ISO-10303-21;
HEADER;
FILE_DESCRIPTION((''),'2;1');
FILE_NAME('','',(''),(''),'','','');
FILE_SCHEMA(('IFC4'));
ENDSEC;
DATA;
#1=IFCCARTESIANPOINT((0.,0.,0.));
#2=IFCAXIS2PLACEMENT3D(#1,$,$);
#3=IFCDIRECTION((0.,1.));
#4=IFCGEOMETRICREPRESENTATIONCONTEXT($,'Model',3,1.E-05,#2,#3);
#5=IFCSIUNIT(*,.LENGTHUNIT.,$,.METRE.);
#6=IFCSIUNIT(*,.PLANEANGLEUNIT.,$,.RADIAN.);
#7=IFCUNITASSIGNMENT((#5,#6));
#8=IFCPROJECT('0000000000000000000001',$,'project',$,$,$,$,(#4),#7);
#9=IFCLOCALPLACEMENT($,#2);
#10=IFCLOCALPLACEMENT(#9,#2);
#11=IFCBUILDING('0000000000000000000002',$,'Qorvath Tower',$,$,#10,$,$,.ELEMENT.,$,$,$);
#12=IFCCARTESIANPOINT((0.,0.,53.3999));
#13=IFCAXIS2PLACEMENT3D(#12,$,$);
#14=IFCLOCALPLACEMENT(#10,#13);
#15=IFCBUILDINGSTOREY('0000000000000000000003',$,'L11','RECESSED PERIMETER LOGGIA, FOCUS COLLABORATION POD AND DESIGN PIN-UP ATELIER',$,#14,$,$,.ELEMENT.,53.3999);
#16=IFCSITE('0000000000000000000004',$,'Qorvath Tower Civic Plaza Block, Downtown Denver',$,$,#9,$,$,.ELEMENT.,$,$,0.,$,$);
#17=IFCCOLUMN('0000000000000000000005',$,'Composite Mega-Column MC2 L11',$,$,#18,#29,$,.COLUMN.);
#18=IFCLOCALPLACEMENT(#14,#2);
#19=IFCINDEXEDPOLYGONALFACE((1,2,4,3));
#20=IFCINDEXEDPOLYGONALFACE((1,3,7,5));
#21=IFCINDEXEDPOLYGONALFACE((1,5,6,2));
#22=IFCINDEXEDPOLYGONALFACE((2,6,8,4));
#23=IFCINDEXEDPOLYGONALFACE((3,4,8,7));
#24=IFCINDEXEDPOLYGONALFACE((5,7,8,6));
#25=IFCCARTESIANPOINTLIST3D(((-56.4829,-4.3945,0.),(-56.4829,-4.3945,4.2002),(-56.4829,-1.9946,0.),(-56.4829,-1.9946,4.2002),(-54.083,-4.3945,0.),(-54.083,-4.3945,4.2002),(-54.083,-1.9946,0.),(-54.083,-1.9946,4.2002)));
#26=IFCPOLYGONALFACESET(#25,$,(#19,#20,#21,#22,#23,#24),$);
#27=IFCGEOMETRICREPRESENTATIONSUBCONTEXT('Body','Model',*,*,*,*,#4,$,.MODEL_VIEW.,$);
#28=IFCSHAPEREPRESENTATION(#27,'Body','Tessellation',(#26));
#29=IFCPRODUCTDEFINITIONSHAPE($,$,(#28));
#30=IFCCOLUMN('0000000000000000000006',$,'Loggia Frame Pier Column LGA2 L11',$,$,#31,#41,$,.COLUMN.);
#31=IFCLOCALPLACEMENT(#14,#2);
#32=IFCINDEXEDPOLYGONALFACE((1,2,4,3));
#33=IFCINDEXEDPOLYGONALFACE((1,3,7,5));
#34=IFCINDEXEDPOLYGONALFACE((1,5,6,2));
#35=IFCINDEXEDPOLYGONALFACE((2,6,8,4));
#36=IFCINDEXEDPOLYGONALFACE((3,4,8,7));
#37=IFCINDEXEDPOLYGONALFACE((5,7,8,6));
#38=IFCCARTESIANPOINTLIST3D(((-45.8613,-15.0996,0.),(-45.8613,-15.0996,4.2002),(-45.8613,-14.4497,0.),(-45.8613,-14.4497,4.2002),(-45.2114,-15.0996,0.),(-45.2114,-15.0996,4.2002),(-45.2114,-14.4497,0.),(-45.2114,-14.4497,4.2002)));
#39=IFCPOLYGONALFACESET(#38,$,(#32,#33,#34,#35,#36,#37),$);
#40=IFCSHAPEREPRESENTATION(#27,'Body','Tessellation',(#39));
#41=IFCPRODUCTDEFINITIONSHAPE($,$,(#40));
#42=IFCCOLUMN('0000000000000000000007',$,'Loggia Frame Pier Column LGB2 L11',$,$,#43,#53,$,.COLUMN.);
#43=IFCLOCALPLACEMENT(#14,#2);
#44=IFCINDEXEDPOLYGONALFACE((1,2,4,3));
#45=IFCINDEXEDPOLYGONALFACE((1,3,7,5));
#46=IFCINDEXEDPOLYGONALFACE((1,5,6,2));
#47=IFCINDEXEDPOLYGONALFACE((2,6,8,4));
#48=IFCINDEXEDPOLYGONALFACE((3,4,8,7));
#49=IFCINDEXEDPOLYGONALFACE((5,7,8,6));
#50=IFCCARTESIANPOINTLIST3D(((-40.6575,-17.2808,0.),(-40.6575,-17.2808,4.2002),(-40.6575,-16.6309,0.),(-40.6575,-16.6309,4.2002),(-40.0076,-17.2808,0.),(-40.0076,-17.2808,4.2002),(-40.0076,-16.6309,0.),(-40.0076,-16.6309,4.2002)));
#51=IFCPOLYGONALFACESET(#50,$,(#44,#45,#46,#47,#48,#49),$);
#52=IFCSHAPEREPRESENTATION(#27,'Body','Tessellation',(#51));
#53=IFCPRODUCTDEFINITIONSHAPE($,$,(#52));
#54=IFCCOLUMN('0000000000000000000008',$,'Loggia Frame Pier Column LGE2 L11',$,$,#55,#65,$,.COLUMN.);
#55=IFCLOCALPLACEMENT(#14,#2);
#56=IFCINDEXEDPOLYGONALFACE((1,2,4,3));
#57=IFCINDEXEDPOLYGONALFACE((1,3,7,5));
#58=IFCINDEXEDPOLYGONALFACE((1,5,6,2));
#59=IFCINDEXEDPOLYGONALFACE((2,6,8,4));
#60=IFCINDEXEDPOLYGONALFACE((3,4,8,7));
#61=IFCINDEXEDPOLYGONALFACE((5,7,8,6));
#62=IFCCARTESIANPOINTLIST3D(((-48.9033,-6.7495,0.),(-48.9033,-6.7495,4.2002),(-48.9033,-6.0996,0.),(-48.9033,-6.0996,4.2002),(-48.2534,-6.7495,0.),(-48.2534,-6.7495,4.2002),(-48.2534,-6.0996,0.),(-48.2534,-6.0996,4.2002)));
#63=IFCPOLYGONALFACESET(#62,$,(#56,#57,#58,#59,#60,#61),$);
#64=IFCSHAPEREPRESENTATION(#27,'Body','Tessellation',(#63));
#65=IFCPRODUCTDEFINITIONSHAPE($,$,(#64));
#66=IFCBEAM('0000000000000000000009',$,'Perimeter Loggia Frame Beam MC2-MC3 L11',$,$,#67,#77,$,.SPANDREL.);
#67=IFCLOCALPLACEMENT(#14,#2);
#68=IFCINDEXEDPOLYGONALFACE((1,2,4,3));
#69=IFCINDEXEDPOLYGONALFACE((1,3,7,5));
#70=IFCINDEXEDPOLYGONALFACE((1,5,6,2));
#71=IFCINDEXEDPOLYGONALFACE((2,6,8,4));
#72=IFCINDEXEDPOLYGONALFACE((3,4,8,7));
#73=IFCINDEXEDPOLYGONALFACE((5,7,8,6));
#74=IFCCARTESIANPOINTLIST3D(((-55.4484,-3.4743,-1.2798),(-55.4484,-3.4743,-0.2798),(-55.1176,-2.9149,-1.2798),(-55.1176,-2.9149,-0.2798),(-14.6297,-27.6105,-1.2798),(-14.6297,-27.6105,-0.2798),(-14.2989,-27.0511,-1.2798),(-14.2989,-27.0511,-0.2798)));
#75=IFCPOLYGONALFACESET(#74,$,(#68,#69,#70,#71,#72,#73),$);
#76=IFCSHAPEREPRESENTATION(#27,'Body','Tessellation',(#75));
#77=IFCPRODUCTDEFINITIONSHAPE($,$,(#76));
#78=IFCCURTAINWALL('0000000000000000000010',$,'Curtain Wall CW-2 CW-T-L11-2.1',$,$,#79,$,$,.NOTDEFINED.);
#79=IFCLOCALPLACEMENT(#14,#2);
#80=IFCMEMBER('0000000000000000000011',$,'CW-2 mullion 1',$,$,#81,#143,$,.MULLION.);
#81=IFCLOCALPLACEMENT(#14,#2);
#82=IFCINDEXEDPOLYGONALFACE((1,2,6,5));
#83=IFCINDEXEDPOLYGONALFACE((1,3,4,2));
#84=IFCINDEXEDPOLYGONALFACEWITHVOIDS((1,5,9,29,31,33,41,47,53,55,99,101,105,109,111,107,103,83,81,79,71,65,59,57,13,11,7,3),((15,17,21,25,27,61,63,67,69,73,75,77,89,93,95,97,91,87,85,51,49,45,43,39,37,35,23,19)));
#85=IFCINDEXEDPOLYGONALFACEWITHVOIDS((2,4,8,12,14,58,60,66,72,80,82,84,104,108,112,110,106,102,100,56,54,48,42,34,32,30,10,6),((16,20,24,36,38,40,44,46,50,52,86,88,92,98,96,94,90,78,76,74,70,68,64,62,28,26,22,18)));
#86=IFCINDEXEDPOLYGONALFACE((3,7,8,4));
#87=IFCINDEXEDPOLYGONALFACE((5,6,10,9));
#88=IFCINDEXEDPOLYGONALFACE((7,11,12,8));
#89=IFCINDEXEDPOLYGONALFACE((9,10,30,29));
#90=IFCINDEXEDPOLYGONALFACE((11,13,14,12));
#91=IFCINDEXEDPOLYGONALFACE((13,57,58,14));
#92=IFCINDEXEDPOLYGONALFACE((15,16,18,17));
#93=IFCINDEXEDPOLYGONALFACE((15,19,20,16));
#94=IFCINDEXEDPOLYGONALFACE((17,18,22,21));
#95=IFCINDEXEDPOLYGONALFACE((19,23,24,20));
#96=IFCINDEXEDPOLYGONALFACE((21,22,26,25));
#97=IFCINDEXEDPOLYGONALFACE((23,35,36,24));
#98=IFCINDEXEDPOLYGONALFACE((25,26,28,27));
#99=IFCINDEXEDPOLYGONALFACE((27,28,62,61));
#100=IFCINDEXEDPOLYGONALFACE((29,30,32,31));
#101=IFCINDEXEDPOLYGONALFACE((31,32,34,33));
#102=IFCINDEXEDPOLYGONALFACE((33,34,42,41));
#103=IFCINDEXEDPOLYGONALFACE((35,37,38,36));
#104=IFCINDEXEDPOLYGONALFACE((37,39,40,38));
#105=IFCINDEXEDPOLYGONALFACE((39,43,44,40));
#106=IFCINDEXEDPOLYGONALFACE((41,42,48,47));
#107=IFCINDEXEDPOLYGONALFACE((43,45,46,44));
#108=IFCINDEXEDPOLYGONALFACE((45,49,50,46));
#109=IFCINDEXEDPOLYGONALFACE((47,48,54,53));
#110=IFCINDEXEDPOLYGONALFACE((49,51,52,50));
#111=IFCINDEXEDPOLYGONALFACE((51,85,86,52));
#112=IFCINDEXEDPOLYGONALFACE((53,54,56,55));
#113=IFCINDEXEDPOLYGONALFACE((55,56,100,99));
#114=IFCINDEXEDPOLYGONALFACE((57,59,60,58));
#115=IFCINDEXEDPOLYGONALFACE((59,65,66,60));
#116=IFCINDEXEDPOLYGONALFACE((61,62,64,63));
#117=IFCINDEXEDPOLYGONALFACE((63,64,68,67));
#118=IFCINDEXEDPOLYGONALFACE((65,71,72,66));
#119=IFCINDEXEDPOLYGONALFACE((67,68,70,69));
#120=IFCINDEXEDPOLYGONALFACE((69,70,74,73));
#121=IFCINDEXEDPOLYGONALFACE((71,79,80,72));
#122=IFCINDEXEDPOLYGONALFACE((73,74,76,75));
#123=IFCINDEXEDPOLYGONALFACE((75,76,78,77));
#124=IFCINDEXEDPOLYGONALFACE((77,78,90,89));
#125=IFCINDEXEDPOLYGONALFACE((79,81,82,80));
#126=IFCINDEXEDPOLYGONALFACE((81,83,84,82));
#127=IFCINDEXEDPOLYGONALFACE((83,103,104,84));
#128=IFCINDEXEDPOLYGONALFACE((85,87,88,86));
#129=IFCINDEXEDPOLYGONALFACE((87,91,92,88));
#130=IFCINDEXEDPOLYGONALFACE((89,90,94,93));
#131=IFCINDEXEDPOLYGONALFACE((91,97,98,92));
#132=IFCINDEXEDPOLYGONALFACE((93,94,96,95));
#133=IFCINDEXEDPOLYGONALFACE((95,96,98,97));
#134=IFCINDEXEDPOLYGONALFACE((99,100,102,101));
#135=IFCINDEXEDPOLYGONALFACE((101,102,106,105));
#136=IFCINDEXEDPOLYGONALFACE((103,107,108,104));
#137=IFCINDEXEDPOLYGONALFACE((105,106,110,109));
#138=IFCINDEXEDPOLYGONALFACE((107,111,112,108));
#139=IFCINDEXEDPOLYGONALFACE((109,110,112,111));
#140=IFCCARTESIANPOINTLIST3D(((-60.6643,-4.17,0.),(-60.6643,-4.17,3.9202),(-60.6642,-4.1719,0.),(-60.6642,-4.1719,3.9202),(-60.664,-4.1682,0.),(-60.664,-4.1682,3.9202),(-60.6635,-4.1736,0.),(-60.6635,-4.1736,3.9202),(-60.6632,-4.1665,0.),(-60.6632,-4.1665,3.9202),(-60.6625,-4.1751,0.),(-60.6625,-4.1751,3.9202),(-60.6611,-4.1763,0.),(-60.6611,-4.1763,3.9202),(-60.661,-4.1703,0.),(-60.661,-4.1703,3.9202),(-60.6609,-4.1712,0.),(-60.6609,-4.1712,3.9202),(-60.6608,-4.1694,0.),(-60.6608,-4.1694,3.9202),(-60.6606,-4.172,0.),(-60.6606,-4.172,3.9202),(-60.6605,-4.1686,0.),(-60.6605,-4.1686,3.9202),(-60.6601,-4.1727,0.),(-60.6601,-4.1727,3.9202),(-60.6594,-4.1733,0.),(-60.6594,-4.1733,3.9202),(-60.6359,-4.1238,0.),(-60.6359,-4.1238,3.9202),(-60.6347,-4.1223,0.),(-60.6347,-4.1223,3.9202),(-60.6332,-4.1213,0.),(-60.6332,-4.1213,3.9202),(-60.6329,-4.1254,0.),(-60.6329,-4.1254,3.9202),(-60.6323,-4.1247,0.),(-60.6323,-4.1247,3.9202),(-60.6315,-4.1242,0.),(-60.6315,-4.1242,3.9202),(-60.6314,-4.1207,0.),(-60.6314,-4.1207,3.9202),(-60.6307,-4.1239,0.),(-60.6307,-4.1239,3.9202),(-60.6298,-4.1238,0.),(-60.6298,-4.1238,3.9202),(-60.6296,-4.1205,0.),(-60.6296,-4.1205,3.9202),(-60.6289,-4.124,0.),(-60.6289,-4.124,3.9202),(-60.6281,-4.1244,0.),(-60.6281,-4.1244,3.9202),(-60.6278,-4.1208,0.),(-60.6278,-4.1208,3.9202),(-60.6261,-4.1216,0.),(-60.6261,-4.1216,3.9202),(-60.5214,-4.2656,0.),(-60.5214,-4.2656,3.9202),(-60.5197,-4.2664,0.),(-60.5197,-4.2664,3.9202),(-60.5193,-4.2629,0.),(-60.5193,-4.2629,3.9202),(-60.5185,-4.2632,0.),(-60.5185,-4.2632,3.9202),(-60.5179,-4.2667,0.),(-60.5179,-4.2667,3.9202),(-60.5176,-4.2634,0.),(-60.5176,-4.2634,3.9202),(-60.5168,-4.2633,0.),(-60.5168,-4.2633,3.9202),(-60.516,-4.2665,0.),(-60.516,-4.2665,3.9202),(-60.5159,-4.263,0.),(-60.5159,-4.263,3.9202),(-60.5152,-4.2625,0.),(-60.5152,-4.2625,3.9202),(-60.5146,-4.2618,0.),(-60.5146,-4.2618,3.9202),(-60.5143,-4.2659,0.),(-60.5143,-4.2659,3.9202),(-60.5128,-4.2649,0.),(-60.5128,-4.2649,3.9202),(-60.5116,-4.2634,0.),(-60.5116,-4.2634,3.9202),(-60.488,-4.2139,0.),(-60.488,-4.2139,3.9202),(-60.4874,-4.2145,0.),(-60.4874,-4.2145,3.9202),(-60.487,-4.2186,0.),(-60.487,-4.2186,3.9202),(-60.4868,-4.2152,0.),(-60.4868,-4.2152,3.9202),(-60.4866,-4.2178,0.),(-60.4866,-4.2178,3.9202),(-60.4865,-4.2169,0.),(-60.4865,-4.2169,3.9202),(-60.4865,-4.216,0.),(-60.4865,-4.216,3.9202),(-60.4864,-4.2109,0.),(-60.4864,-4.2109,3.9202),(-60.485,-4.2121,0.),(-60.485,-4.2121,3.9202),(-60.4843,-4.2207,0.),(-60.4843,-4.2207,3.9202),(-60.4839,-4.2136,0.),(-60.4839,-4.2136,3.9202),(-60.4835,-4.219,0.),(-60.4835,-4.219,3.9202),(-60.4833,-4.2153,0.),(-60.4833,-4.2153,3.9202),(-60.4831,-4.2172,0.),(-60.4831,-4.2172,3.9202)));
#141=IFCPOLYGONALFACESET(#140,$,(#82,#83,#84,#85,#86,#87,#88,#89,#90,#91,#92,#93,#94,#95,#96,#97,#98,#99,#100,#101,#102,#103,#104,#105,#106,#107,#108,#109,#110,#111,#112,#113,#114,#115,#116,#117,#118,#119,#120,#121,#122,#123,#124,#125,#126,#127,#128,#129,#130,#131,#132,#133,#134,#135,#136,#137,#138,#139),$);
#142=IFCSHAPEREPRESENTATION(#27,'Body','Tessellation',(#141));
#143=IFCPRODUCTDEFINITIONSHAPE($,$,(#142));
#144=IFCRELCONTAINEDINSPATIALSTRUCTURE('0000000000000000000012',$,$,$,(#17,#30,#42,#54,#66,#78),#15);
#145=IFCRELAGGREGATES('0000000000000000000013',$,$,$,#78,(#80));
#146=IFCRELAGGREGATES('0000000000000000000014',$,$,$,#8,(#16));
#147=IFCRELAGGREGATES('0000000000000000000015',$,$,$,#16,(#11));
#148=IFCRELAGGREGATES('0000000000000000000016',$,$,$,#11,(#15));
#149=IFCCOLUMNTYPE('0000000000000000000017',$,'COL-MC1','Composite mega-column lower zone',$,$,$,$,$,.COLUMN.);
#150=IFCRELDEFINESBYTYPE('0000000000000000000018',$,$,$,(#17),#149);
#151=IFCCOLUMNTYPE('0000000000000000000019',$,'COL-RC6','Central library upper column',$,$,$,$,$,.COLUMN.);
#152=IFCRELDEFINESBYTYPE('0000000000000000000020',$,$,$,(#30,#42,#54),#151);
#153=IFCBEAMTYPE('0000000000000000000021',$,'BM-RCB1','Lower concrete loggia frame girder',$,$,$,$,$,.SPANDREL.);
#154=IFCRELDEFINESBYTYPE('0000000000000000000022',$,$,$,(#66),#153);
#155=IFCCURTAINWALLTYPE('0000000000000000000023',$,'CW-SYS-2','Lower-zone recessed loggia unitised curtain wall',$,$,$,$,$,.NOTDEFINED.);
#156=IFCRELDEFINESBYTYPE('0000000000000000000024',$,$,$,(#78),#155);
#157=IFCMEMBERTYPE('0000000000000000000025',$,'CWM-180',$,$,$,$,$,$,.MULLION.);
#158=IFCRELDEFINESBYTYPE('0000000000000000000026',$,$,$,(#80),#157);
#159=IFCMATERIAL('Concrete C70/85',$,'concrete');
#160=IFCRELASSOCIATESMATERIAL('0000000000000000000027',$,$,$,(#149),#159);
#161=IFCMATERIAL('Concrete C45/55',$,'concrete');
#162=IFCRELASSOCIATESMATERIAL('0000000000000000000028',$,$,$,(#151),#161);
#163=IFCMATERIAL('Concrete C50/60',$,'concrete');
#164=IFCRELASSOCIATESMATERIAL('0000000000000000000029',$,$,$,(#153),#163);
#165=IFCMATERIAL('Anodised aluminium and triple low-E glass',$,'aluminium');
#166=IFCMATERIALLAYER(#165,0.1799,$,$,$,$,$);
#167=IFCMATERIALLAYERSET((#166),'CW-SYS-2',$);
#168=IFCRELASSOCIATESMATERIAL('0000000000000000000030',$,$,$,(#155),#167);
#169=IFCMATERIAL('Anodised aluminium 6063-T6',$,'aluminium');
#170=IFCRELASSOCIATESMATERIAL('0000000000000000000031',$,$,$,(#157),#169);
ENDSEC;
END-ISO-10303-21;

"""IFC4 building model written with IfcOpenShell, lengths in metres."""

from ifc_helpers import new_model, si_unit, direction, frame, origin, origin_2d, place, context, subcontext, project, spatial, rectangle, hollow_rectangle, extrude, material, layer, layer_set, material_profile, profile_set, type_object, element, aggregate, save


model = new_model("IFC4")

# Units and contexts
model_context = context("Model", 3, precision=1e-05, world=origin(), true_north=direction((0.0, 1.0)))
body_context = subcontext(model_context, "Body", "Model", "MODEL_VIEW")
ifc_project = project(units=[si_unit("LENGTHUNIT", "METRE"), si_unit("PLANEANGLEUNIT", "RADIAN")], contexts=[model_context])

# Site, building, storey
site_placement = place(None, origin())
site = spatial("IfcSite", under=ifc_project, at=site_placement, Name="Qorvath Tower Civic Plaza Block, Downtown Denver", CompositionType="ELEMENT", RefElevation=0.0)
building_placement = place(site_placement, origin())
building = spatial("IfcBuilding", under=site, at=building_placement, Name="Qorvath Tower", CompositionType="ELEMENT")
storey_placement = place(building_placement, frame((0.0, 0.0, 53.3999)))
storey = spatial("IfcBuildingStorey", under=building, at=storey_placement, Name="L11", Description="RECESSED PERIMETER LOGGIA, FOCUS COLLABORATION POD AND DESIGN PIN-UP ATELIER", CompositionType="ELEMENT", Elevation=53.3999)

# Columns
ifc_material_1 = material(Name="Concrete C70/85", Category="concrete")
ifc_material_profile_1 = material_profile(ifc_material_1, rectangle(XDim=2.3999, YDim=2.3999, at=origin_2d()), Name="MC 2400x2400")
ifc_profile_set_1 = profile_set([ifc_material_profile_1], Name="Concrete C70/85")
column_type_1 = type_object("IfcColumnType", Name="COL-MC1", Description="Composite mega-column lower zone", PredefinedType="COLUMN", material=ifc_profile_set_1)
column_placement = place(storey_placement, frame((-55.283, -3.1946, 0.0), z_axis=(0.0, 0.0, 1.0), x_axis=(1.0, 0.0, 0.0)))
element("IfcColumn", 1, at=column_placement, inside=storey, type_object=column_type_1, Name="Composite Mega-Column MC2 L11", PredefinedType="COLUMN", context=body_context, shape_type="SweptSolid", body=[
    extrude(rectangle(XDim=2.3999, YDim=2.3999, at=origin_2d()), origin(), (0.0, 0.0, 1.0), 4.2002),
])
ifc_material_2 = material(Name="Concrete C45/55", Category="concrete")
ifc_material_profile_2 = material_profile(ifc_material_2, rectangle(XDim=0.6499, YDim=0.6499, at=origin_2d()), Name="RC 650x650")
ifc_profile_set_2 = profile_set([ifc_material_profile_2], Name="Concrete C45/55")
column_type_2 = type_object("IfcColumnType", Name="COL-RC6", Description="Central library upper column", PredefinedType="COLUMN", material=ifc_profile_set_2)
for number, where, z_axis, x_axis, name in (
    (2, (-45.5364, -14.7747, 0.0), (0.0, 0.0, 1.0), (1.0, 0.0, 0.0), "Loggia Frame Pier Column LGA2 L11"),
    (3, (-40.3325, -16.9558, 0.0), (0.0, 0.0, 1.0), (1.0, 0.0, 0.0), "Loggia Frame Pier Column LGB2 L11"),
    (4, (-48.5784, -6.4246, 0.0), (0.0, 0.0, 1.0), (1.0, 0.0, 0.0), "Loggia Frame Pier Column LGE2 L11"),
):
    element("IfcColumn", number, at=place(storey_placement, frame(where, z_axis=z_axis, x_axis=x_axis)), inside=storey, type_object=column_type_2, Name=name, PredefinedType="COLUMN", context=body_context, shape_type="SweptSolid", body=[
        extrude(rectangle(XDim=0.6499, YDim=0.6499, at=origin_2d()), origin(), (0.0, 0.0, 1.0), 4.2002),
    ])

# Beam
ifc_material_3 = material(Name="Concrete C50/60", Category="concrete")
ifc_material_profile_3 = material_profile(ifc_material_3, rectangle(XDim=0.6499, YDim=1.0, at=origin_2d()), Name="RCB 1000x650")
ifc_profile_set_3 = profile_set([ifc_material_profile_3], Name="Concrete C50/60")
beam_type = type_object("IfcBeamType", Name="BM-RCB1", Description="Lower concrete loggia frame girder", PredefinedType="SPANDREL", material=ifc_profile_set_3)
beam_placement = place(storey_placement, frame((-55.283, -3.1946, -0.7798), z_axis=(0.860777, -0.508982, 0.0), x_axis=(0.508982, 0.860777, 0.0)))
element("IfcBeam", 5, at=beam_placement, inside=storey, type_object=beam_type, Name="Perimeter Loggia Frame Beam MC2-MC3 L11", PredefinedType="SPANDREL", context=body_context, shape_type="SweptSolid", body=[
    extrude(rectangle(XDim=0.6499, YDim=1.0, at=origin_2d()), origin(), (0.0, 0.0, 1.0), 47.4207),
])

# Curtain wall, member
ifc_material_4 = material(Name="Anodised aluminium and triple low-E glass", Category="aluminium")
ifc_layer_1 = layer(ifc_material_4, 0.1799)
ifc_layer_set_1 = layer_set([ifc_layer_1], Name="CW-SYS-2")
curtain_wall_type = type_object("IfcCurtainWallType", Name="CW-SYS-2", Description="Lower-zone recessed loggia unitised curtain wall", PredefinedType="NOTDEFINED", material=ifc_layer_set_1)
curtain_wall_1_placement = place(storey_placement, origin())
curtain_wall_1 = element("IfcCurtainWall", 6, at=curtain_wall_1_placement, inside=storey, type_object=curtain_wall_type, Name="Curtain Wall CW-2 CW-T-L11-2.1", PredefinedType="NOTDEFINED")
ifc_material_5 = material(Name="Anodised aluminium 6063-T6", Category="aluminium")
ifc_material_profile_4 = material_profile(ifc_material_5, hollow_rectangle(XDim=0.0649, YDim=0.1799, WallThickness=0.0034, InnerFilletRadius=0.0034, OuterFilletRadius=0.0071, at=origin_2d()), Name="CWM 180x65")
ifc_profile_set_4 = profile_set([ifc_material_profile_4], Name="Anodised aluminium 6063-T6")
member_type_1 = type_object("IfcMemberType", Name="CWM-180", PredefinedType="MULLION", material=ifc_profile_set_4)
member_1_placement = place(storey_placement, frame((-60.5737, -4.1936, 0.0), z_axis=(0.0, 0.0, 1.0), x_axis=(0.538532, 0.842605, 0.0)))
member_1 = element("IfcMember", 7, at=member_1_placement, type_object=member_type_1, Name="CW-2 mullion 1", PredefinedType="MULLION", context=body_context, shape_type="SweptSolid", body=[
    extrude(hollow_rectangle(XDim=0.0649, YDim=0.1799, WallThickness=0.0034, InnerFilletRadius=0.0034, OuterFilletRadius=0.0071, at=origin_2d()), origin(), (0.0, 0.0, 1.0), 3.9202),
])

aggregate(curtain_wall_1, [member_1])

save(model, "model.ifc")
